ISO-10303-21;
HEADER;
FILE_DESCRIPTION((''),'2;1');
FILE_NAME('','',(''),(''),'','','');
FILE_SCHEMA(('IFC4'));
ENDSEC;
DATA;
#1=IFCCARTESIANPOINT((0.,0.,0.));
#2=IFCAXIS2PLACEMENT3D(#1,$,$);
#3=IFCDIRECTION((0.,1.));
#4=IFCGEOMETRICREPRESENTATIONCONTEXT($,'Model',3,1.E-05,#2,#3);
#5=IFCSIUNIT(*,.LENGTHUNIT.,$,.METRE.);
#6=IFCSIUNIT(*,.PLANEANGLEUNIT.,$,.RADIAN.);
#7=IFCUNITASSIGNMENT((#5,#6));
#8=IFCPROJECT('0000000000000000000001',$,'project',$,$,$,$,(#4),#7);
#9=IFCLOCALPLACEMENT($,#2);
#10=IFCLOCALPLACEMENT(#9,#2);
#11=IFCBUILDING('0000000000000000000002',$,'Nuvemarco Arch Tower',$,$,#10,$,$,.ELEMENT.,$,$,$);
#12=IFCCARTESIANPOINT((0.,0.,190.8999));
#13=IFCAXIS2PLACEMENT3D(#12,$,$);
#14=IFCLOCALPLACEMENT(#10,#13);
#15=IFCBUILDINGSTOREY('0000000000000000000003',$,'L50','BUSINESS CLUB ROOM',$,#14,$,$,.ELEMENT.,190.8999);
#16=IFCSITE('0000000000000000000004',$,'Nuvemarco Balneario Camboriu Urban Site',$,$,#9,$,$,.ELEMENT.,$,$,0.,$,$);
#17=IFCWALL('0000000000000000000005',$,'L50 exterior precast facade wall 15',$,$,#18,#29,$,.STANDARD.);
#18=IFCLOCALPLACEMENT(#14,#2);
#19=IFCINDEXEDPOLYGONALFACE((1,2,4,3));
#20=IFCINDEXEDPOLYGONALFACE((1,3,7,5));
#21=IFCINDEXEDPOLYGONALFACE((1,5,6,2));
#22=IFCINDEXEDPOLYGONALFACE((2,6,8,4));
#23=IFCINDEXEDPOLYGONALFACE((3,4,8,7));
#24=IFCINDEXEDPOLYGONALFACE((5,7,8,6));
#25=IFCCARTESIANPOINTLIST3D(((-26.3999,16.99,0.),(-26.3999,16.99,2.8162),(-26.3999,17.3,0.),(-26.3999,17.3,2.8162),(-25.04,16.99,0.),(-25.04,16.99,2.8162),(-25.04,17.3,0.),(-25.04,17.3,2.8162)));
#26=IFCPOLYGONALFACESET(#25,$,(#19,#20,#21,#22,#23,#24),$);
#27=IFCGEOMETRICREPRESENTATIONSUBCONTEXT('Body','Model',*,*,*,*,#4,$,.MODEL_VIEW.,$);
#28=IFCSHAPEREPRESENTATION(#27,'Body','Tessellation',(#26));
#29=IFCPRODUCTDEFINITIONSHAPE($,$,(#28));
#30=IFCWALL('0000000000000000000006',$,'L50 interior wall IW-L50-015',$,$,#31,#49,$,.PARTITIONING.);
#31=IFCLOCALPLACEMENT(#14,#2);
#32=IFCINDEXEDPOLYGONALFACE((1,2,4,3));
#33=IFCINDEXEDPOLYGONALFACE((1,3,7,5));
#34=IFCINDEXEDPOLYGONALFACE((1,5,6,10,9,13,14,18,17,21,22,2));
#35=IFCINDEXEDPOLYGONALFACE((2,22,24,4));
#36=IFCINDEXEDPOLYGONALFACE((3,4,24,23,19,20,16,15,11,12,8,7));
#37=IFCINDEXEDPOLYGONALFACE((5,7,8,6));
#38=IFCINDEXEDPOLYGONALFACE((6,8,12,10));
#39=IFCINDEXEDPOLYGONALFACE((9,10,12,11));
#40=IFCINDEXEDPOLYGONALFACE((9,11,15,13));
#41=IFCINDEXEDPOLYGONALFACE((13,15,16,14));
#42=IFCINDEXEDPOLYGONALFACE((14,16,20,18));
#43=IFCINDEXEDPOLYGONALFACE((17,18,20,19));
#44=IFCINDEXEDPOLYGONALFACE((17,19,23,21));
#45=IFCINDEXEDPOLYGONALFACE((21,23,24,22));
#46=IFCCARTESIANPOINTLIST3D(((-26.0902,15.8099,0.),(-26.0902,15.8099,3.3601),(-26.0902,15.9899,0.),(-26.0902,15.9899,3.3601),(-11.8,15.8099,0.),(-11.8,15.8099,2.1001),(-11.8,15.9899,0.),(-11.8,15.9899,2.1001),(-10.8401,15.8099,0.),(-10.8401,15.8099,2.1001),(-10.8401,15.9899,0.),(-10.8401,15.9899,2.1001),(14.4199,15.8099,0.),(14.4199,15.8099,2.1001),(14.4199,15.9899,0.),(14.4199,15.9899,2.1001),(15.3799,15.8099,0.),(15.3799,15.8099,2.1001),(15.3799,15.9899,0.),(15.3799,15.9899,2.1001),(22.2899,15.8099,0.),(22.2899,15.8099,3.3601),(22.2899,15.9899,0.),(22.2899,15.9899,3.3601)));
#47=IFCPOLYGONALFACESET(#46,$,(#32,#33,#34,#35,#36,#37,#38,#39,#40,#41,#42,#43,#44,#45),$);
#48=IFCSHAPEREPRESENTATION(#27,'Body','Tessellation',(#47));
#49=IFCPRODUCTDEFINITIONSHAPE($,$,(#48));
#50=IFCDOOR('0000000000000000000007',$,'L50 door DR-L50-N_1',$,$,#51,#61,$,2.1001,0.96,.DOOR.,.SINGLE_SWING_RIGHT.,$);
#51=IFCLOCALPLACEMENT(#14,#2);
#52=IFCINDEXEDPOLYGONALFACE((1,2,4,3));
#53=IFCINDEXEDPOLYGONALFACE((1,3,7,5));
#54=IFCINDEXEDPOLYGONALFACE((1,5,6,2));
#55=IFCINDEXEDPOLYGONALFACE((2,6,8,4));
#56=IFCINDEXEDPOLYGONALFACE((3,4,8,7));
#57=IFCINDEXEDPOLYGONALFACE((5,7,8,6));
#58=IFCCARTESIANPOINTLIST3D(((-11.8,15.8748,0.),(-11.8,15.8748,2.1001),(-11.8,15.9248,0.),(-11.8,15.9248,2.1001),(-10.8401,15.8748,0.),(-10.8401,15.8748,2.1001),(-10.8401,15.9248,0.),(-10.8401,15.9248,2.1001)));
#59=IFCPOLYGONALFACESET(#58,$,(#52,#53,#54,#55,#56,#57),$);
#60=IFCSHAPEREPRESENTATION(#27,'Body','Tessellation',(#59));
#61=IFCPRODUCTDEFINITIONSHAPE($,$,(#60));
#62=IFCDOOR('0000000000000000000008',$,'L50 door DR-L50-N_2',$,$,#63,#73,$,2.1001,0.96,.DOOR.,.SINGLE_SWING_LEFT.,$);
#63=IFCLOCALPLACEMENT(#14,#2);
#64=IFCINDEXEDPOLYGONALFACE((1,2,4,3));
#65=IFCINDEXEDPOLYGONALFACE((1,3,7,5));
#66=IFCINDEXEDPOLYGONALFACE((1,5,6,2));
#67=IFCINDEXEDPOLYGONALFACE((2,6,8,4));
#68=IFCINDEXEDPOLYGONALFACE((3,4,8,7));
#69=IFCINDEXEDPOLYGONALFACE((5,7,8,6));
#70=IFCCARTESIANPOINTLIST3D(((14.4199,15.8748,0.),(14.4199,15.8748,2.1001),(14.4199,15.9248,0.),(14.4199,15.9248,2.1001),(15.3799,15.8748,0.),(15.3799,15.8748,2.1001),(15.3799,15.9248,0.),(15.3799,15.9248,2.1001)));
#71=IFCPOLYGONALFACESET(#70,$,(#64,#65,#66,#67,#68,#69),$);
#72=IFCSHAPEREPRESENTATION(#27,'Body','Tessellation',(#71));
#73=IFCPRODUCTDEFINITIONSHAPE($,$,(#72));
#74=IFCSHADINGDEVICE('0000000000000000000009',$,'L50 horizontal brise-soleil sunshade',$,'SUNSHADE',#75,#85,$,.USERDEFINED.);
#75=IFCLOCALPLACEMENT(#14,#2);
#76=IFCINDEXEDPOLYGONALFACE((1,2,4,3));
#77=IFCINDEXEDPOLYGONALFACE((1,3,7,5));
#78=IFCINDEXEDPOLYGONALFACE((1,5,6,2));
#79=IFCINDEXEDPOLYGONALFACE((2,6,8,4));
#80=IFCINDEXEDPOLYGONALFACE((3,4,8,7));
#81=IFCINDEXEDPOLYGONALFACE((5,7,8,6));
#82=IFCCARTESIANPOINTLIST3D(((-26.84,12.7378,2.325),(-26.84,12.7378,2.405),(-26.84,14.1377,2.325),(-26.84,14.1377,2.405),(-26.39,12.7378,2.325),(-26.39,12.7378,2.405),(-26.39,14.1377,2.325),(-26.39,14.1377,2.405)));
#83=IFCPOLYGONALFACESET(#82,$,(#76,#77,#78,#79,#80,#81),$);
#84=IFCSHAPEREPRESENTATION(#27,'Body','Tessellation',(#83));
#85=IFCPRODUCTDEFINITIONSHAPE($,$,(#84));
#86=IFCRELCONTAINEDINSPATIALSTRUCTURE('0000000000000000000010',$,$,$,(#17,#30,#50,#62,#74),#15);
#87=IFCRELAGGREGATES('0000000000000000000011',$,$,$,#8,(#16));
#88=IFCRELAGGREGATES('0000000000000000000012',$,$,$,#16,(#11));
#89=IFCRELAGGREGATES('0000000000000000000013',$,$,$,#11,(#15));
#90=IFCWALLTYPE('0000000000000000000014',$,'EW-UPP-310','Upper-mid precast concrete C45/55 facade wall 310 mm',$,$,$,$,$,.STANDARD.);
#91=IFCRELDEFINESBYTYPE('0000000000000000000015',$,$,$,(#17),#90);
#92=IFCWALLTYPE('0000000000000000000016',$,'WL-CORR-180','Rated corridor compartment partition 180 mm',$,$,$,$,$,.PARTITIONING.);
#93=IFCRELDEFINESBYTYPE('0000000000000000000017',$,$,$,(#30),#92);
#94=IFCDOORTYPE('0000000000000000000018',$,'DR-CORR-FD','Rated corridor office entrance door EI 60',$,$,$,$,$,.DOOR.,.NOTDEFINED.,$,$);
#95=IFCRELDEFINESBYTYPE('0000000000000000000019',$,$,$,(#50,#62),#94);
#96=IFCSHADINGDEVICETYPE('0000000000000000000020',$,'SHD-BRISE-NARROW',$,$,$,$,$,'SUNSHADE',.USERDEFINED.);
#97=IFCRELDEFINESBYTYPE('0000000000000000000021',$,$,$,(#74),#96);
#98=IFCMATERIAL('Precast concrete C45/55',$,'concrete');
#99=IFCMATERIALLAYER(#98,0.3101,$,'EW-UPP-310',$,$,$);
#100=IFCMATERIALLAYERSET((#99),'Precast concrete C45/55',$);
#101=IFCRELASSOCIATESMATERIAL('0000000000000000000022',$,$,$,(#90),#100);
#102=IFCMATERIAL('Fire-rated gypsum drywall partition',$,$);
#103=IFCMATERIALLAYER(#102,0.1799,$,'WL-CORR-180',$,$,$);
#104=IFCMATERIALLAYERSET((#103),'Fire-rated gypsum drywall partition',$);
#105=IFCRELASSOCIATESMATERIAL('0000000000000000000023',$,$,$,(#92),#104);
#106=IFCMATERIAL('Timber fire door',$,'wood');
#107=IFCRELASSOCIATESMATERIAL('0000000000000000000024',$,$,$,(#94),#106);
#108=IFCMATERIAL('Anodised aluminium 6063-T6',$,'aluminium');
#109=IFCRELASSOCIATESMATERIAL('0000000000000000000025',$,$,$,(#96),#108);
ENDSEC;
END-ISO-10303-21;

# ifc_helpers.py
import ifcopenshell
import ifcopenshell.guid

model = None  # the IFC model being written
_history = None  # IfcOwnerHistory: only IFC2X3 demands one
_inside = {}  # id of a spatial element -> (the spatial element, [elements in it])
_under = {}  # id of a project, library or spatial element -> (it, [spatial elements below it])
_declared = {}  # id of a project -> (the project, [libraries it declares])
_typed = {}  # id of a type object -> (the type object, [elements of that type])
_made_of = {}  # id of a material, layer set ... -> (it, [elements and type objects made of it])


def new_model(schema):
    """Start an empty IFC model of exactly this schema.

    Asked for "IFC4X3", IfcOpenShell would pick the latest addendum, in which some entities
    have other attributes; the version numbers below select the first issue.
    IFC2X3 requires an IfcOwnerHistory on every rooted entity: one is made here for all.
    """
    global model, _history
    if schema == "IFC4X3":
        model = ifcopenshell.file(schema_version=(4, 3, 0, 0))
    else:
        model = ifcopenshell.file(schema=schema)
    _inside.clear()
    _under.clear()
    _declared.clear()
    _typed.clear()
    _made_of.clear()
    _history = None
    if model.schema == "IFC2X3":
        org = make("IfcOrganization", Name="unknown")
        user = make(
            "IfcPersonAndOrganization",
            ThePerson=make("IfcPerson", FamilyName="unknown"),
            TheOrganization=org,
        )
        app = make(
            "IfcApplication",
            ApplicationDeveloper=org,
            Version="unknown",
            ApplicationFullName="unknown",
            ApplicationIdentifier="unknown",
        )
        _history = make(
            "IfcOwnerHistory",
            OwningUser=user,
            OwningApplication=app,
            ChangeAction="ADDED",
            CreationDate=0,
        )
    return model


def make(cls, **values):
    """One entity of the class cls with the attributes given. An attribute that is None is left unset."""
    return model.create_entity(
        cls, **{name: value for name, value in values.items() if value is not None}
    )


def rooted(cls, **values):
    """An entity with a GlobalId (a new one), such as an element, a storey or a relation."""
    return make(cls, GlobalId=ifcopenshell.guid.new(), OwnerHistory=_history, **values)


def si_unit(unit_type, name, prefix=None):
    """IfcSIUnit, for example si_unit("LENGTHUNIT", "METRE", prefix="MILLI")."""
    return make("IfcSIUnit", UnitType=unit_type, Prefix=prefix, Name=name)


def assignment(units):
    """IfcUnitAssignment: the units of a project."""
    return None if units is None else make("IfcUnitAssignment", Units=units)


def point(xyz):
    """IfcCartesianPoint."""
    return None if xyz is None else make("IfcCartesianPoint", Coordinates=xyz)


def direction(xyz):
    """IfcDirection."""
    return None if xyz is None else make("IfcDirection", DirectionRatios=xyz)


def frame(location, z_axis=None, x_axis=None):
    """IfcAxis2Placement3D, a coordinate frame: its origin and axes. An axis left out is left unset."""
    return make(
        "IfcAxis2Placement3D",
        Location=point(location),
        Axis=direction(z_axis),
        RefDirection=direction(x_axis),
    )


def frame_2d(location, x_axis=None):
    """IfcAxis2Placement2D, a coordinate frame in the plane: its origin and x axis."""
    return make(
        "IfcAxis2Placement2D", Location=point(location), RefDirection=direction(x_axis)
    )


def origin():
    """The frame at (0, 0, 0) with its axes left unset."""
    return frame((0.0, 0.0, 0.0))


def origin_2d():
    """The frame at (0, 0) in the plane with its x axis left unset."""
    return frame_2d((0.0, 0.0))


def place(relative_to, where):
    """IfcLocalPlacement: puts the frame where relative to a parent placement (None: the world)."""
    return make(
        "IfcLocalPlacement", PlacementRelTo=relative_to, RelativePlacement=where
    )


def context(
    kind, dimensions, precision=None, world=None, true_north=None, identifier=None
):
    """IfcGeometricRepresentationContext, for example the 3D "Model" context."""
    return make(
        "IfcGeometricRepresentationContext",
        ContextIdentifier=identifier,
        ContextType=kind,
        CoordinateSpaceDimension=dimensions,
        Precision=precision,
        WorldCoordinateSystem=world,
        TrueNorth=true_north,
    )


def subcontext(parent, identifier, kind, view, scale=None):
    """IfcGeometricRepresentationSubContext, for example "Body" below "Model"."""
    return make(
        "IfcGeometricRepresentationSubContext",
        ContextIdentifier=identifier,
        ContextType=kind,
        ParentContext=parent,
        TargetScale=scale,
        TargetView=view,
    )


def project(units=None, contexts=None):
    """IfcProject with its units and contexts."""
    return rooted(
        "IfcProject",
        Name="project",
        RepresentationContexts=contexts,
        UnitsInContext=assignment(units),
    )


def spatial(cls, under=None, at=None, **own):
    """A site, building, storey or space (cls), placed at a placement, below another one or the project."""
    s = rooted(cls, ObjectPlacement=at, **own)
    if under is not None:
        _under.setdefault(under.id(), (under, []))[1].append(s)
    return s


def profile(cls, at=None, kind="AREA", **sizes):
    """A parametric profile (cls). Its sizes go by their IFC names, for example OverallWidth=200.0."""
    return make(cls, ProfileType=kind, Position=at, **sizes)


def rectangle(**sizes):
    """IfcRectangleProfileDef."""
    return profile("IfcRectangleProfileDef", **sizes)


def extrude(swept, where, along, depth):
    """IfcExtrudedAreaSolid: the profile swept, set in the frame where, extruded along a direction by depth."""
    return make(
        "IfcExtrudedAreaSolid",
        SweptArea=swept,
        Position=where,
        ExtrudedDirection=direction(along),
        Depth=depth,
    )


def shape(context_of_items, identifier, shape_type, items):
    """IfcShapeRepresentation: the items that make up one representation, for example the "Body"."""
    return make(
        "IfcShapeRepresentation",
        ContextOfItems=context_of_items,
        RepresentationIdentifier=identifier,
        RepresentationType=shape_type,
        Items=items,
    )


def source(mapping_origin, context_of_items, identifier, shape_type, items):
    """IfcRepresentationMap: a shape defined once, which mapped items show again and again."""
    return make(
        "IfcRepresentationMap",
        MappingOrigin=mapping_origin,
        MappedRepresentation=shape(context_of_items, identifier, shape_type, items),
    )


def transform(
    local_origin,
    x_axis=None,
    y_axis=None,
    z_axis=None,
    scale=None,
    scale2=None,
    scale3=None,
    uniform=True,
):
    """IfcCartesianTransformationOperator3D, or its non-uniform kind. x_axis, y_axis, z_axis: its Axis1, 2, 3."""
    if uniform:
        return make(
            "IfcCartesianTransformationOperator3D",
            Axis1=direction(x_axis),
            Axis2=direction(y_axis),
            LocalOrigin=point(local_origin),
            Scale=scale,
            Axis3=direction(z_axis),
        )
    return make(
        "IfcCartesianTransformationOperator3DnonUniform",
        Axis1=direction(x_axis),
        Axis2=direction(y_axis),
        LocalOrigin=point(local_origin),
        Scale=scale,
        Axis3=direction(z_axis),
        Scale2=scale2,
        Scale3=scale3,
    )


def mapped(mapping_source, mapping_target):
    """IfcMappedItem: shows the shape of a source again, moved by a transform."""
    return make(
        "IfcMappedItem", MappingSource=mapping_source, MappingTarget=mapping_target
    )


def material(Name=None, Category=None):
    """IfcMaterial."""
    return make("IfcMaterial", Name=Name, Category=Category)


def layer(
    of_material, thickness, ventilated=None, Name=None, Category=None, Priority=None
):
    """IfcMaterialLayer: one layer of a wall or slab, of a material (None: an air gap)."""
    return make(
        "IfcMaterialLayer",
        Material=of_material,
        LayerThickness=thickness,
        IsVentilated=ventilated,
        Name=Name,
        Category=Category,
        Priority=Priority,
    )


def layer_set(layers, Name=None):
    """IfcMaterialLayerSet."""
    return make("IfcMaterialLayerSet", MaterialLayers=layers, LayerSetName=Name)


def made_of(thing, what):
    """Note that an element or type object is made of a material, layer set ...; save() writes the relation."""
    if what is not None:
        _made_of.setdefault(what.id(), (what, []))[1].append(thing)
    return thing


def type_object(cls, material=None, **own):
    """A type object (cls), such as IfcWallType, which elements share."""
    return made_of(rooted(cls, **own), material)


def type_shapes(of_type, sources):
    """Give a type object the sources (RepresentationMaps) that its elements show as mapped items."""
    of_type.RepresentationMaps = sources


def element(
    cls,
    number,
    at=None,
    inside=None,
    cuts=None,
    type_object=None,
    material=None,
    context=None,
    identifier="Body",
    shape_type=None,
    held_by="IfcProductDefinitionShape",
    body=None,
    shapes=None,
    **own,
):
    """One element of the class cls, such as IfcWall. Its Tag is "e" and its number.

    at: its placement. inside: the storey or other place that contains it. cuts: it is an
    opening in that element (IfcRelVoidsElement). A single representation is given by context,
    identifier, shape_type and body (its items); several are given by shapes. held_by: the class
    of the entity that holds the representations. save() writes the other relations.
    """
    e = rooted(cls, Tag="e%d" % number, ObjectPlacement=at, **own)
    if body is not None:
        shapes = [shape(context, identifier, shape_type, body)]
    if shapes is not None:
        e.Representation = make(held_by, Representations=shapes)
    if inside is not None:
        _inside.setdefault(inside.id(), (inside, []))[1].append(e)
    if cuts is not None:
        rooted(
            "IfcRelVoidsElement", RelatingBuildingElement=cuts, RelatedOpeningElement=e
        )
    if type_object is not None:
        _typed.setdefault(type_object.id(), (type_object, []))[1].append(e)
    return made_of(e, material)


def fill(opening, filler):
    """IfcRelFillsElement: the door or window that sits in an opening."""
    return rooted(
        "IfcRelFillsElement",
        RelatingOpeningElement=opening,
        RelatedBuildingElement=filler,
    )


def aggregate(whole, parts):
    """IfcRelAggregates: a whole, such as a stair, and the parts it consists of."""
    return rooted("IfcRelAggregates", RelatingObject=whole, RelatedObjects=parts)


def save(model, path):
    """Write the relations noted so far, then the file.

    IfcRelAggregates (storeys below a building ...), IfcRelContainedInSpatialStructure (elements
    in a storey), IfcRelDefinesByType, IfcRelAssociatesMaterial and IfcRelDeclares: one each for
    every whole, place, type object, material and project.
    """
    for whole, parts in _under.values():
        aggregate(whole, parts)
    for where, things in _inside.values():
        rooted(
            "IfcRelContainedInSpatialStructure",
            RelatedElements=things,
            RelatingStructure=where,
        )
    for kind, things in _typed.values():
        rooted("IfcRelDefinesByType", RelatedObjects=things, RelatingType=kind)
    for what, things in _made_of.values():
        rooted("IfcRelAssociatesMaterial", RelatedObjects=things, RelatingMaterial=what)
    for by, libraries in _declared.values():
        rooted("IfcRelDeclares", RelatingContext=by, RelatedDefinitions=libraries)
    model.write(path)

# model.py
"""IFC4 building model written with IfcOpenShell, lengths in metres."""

from ifc_helpers import new_model, si_unit, direction, frame, frame_2d, origin, origin_2d, place, context, subcontext, project, spatial, rectangle, extrude, source, transform, mapped, material, layer, layer_set, type_object, type_shapes, element, fill, save


model = new_model("IFC4")

# Units and contexts
model_context = context("Model", 3, precision=1e-05, world=origin(), true_north=direction((0.0, 1.0)))
body_context = subcontext(model_context, "Body", "Model", "MODEL_VIEW")
ifc_project = project(units=[si_unit("LENGTHUNIT", "METRE"), si_unit("PLANEANGLEUNIT", "RADIAN")], contexts=[model_context])

# Site, building, storey
site_placement = place(None, origin())
site = spatial("IfcSite", under=ifc_project, at=site_placement, Name="Nuvemarco Balneario Camboriu Urban Site", CompositionType="ELEMENT", RefElevation=0.0)
building_placement = place(site_placement, origin())
building = spatial("IfcBuilding", under=site, at=building_placement, Name="Nuvemarco Arch Tower", CompositionType="ELEMENT")
storey_placement = place(building_placement, frame((0.0, 0.0, 190.8999)))
storey = spatial("IfcBuildingStorey", under=building, at=storey_placement, Name="L50", Description="BUSINESS CLUB ROOM", CompositionType="ELEMENT", Elevation=190.8999)

# Shared definitions
ifc_material_1 = material(Name="Precast concrete C45/55", Category="concrete")
ifc_layer_1 = layer(ifc_material_1, 0.3101, Name="EW-UPP-310")
ifc_layer_set_1 = layer_set([ifc_layer_1], Name="Precast concrete C45/55")
wall_type_1 = type_object("IfcWallType", Name="EW-UPP-310", Description="Upper-mid precast concrete C45/55 facade wall 310 mm", PredefinedType="STANDARD", material=ifc_layer_set_1)

# Wall
wall_1_placement = place(storey_placement, frame((-26.3999, 17.145, 0.0), z_axis=(0.0, 0.0, 1.0), x_axis=(1.0, 0.0, 0.0)))
element("IfcWall", 1, at=wall_1_placement, inside=storey, type_object=wall_type_1, Name="L50 exterior precast facade wall 15", PredefinedType="STANDARD", context=body_context, shape_type="SweptSolid", body=[
    extrude(rectangle(XDim=1.3599, YDim=0.3101, at=frame_2d((0.6799, 0.0))), origin(), (0.0, 0.0, 1.0), 2.8162),
])

# Wall, openings, doors
ifc_material_2 = material(Name="Fire-rated gypsum drywall partition")
ifc_layer_2 = layer(ifc_material_2, 0.1799, Name="WL-CORR-180")
ifc_layer_set_2 = layer_set([ifc_layer_2], Name="Fire-rated gypsum drywall partition")
wall_type_2 = type_object("IfcWallType", Name="WL-CORR-180", Description="Rated corridor compartment partition 180 mm", PredefinedType="PARTITIONING", material=ifc_layer_set_2)
wall_2_placement = place(storey_placement, frame((-26.0901, 15.8999, 0.0), z_axis=(0.0, 0.0, 1.0), x_axis=(1.0, 0.0, 0.0)))
wall_2 = element("IfcWall", 2, at=wall_2_placement, inside=storey, type_object=wall_type_2, Name="L50 interior wall IW-L50-015", PredefinedType="PARTITIONING", context=body_context, shape_type="SweptSolid", body=[
    extrude(rectangle(XDim=48.3801, YDim=0.1799, at=frame_2d((24.1899, 0.0))), origin(), (0.0, 0.0, 1.0), 3.3601),
])
opening_1_placement = place(wall_2_placement, frame((14.29, 0.0, 0.0)))
opening_1 = element("IfcOpeningElement", 3, at=opening_1_placement, cuts=wall_2, PredefinedType="OPENING", context=body_context, shape_type="SweptSolid", body=[
    extrude(rectangle(XDim=0.96, YDim=2.1001, at=frame_2d((0.48, 1.05))), frame((0.0, 0.0999, 0.0), z_axis=(0.0, -1.0, 0.0), x_axis=(1.0, 0.0, 0.0)), (0.0, 0.0, 1.0), 0.2),
])
opening_2_placement = place(wall_2_placement, frame((40.51, 0.0, 0.0)))
opening_2 = element("IfcOpeningElement", 4, at=opening_2_placement, cuts=wall_2, PredefinedType="OPENING", context=body_context, shape_type="SweptSolid", body=[
    extrude(rectangle(XDim=0.96, YDim=2.1001, at=frame_2d((0.48, 1.05))), frame((0.0, 0.0999, 0.0), z_axis=(0.0, -1.0, 0.0), x_axis=(1.0, 0.0, 0.0)), (0.0, 0.0, 1.0), 0.2),
])
ifc_material_3 = material(Name="Timber fire door", Category="wood")
door_type = type_object("IfcDoorType", Name="DR-CORR-FD", Description="Rated corridor office entrance door EI 60", OperationType="NOTDEFINED", PredefinedType="DOOR", material=ifc_material_3)
shared_shape_1 = source(origin(), body_context, "Body", "SweptSolid", [
    extrude(rectangle(XDim=0.96, YDim=2.1001, at=frame_2d((0.48, 1.05))), frame((0.0, 0.0249, 0.0), z_axis=(0.0, -1.0, 0.0), x_axis=(1.0, 0.0, 0.0)), (0.0, 0.0, 1.0), 0.05),
])
type_shapes(door_type, [shared_shape_1])
door_1_placement = place(opening_1_placement, origin())
door_1 = element("IfcDoor", 5, at=door_1_placement, inside=storey, type_object=door_type, Name="L50 door DR-L50-N_1", OperationType="SINGLE_SWING_RIGHT", OverallHeight=2.1001, OverallWidth=0.96, PredefinedType="DOOR", context=body_context, shape_type="MappedRepresentation", body=[
    mapped(shared_shape_1, transform((0.0, 0.0, 0.0), scale=1.0)),
])
fill(opening_1, door_1)
door_2_placement = place(opening_2_placement, origin())
door_2 = element("IfcDoor", 6, at=door_2_placement, inside=storey, type_object=door_type, Name="L50 door DR-L50-N_2", OperationType="SINGLE_SWING_LEFT", OverallHeight=2.1001, OverallWidth=0.96, PredefinedType="DOOR", context=body_context, shape_type="MappedRepresentation", body=[
    mapped(shared_shape_1, transform((0.0, 0.0, 0.0), scale=1.0)),
])
fill(opening_2, door_2)

# Shading device
ifc_material_4 = material(Name="Anodised aluminium 6063-T6", Category="aluminium")
shading_device_type = type_object("IfcShadingDeviceType", Name="SHD-BRISE-NARROW", ElementType="SUNSHADE", PredefinedType="USERDEFINED", material=ifc_material_4)
shared_shape_2 = source(origin(), body_context, "Body", "SweptSolid", [
    extrude(rectangle(XDim=1.3999, YDim=0.45, at=origin_2d()), origin(), (0.0, 0.0, 1.0), 0.0801),
])
type_shapes(shading_device_type, [shared_shape_2])
shading_device_placement = place(storey_placement, frame((-26.615, 13.4377, 2.325), z_axis=(0.0, 0.0, 1.0), x_axis=(0.0, 1.0, 0.0)))
element("IfcShadingDevice", 7, at=shading_device_placement, inside=storey, type_object=shading_device_type, Name="L50 horizontal brise-soleil sunshade", ObjectType="SUNSHADE", PredefinedType="USERDEFINED", context=body_context, shape_type="MappedRepresentation", body=[
    mapped(shared_shape_2, transform((0.0, 0.0, 0.0), scale=1.0)),
])

save(model, "model.ifc")
